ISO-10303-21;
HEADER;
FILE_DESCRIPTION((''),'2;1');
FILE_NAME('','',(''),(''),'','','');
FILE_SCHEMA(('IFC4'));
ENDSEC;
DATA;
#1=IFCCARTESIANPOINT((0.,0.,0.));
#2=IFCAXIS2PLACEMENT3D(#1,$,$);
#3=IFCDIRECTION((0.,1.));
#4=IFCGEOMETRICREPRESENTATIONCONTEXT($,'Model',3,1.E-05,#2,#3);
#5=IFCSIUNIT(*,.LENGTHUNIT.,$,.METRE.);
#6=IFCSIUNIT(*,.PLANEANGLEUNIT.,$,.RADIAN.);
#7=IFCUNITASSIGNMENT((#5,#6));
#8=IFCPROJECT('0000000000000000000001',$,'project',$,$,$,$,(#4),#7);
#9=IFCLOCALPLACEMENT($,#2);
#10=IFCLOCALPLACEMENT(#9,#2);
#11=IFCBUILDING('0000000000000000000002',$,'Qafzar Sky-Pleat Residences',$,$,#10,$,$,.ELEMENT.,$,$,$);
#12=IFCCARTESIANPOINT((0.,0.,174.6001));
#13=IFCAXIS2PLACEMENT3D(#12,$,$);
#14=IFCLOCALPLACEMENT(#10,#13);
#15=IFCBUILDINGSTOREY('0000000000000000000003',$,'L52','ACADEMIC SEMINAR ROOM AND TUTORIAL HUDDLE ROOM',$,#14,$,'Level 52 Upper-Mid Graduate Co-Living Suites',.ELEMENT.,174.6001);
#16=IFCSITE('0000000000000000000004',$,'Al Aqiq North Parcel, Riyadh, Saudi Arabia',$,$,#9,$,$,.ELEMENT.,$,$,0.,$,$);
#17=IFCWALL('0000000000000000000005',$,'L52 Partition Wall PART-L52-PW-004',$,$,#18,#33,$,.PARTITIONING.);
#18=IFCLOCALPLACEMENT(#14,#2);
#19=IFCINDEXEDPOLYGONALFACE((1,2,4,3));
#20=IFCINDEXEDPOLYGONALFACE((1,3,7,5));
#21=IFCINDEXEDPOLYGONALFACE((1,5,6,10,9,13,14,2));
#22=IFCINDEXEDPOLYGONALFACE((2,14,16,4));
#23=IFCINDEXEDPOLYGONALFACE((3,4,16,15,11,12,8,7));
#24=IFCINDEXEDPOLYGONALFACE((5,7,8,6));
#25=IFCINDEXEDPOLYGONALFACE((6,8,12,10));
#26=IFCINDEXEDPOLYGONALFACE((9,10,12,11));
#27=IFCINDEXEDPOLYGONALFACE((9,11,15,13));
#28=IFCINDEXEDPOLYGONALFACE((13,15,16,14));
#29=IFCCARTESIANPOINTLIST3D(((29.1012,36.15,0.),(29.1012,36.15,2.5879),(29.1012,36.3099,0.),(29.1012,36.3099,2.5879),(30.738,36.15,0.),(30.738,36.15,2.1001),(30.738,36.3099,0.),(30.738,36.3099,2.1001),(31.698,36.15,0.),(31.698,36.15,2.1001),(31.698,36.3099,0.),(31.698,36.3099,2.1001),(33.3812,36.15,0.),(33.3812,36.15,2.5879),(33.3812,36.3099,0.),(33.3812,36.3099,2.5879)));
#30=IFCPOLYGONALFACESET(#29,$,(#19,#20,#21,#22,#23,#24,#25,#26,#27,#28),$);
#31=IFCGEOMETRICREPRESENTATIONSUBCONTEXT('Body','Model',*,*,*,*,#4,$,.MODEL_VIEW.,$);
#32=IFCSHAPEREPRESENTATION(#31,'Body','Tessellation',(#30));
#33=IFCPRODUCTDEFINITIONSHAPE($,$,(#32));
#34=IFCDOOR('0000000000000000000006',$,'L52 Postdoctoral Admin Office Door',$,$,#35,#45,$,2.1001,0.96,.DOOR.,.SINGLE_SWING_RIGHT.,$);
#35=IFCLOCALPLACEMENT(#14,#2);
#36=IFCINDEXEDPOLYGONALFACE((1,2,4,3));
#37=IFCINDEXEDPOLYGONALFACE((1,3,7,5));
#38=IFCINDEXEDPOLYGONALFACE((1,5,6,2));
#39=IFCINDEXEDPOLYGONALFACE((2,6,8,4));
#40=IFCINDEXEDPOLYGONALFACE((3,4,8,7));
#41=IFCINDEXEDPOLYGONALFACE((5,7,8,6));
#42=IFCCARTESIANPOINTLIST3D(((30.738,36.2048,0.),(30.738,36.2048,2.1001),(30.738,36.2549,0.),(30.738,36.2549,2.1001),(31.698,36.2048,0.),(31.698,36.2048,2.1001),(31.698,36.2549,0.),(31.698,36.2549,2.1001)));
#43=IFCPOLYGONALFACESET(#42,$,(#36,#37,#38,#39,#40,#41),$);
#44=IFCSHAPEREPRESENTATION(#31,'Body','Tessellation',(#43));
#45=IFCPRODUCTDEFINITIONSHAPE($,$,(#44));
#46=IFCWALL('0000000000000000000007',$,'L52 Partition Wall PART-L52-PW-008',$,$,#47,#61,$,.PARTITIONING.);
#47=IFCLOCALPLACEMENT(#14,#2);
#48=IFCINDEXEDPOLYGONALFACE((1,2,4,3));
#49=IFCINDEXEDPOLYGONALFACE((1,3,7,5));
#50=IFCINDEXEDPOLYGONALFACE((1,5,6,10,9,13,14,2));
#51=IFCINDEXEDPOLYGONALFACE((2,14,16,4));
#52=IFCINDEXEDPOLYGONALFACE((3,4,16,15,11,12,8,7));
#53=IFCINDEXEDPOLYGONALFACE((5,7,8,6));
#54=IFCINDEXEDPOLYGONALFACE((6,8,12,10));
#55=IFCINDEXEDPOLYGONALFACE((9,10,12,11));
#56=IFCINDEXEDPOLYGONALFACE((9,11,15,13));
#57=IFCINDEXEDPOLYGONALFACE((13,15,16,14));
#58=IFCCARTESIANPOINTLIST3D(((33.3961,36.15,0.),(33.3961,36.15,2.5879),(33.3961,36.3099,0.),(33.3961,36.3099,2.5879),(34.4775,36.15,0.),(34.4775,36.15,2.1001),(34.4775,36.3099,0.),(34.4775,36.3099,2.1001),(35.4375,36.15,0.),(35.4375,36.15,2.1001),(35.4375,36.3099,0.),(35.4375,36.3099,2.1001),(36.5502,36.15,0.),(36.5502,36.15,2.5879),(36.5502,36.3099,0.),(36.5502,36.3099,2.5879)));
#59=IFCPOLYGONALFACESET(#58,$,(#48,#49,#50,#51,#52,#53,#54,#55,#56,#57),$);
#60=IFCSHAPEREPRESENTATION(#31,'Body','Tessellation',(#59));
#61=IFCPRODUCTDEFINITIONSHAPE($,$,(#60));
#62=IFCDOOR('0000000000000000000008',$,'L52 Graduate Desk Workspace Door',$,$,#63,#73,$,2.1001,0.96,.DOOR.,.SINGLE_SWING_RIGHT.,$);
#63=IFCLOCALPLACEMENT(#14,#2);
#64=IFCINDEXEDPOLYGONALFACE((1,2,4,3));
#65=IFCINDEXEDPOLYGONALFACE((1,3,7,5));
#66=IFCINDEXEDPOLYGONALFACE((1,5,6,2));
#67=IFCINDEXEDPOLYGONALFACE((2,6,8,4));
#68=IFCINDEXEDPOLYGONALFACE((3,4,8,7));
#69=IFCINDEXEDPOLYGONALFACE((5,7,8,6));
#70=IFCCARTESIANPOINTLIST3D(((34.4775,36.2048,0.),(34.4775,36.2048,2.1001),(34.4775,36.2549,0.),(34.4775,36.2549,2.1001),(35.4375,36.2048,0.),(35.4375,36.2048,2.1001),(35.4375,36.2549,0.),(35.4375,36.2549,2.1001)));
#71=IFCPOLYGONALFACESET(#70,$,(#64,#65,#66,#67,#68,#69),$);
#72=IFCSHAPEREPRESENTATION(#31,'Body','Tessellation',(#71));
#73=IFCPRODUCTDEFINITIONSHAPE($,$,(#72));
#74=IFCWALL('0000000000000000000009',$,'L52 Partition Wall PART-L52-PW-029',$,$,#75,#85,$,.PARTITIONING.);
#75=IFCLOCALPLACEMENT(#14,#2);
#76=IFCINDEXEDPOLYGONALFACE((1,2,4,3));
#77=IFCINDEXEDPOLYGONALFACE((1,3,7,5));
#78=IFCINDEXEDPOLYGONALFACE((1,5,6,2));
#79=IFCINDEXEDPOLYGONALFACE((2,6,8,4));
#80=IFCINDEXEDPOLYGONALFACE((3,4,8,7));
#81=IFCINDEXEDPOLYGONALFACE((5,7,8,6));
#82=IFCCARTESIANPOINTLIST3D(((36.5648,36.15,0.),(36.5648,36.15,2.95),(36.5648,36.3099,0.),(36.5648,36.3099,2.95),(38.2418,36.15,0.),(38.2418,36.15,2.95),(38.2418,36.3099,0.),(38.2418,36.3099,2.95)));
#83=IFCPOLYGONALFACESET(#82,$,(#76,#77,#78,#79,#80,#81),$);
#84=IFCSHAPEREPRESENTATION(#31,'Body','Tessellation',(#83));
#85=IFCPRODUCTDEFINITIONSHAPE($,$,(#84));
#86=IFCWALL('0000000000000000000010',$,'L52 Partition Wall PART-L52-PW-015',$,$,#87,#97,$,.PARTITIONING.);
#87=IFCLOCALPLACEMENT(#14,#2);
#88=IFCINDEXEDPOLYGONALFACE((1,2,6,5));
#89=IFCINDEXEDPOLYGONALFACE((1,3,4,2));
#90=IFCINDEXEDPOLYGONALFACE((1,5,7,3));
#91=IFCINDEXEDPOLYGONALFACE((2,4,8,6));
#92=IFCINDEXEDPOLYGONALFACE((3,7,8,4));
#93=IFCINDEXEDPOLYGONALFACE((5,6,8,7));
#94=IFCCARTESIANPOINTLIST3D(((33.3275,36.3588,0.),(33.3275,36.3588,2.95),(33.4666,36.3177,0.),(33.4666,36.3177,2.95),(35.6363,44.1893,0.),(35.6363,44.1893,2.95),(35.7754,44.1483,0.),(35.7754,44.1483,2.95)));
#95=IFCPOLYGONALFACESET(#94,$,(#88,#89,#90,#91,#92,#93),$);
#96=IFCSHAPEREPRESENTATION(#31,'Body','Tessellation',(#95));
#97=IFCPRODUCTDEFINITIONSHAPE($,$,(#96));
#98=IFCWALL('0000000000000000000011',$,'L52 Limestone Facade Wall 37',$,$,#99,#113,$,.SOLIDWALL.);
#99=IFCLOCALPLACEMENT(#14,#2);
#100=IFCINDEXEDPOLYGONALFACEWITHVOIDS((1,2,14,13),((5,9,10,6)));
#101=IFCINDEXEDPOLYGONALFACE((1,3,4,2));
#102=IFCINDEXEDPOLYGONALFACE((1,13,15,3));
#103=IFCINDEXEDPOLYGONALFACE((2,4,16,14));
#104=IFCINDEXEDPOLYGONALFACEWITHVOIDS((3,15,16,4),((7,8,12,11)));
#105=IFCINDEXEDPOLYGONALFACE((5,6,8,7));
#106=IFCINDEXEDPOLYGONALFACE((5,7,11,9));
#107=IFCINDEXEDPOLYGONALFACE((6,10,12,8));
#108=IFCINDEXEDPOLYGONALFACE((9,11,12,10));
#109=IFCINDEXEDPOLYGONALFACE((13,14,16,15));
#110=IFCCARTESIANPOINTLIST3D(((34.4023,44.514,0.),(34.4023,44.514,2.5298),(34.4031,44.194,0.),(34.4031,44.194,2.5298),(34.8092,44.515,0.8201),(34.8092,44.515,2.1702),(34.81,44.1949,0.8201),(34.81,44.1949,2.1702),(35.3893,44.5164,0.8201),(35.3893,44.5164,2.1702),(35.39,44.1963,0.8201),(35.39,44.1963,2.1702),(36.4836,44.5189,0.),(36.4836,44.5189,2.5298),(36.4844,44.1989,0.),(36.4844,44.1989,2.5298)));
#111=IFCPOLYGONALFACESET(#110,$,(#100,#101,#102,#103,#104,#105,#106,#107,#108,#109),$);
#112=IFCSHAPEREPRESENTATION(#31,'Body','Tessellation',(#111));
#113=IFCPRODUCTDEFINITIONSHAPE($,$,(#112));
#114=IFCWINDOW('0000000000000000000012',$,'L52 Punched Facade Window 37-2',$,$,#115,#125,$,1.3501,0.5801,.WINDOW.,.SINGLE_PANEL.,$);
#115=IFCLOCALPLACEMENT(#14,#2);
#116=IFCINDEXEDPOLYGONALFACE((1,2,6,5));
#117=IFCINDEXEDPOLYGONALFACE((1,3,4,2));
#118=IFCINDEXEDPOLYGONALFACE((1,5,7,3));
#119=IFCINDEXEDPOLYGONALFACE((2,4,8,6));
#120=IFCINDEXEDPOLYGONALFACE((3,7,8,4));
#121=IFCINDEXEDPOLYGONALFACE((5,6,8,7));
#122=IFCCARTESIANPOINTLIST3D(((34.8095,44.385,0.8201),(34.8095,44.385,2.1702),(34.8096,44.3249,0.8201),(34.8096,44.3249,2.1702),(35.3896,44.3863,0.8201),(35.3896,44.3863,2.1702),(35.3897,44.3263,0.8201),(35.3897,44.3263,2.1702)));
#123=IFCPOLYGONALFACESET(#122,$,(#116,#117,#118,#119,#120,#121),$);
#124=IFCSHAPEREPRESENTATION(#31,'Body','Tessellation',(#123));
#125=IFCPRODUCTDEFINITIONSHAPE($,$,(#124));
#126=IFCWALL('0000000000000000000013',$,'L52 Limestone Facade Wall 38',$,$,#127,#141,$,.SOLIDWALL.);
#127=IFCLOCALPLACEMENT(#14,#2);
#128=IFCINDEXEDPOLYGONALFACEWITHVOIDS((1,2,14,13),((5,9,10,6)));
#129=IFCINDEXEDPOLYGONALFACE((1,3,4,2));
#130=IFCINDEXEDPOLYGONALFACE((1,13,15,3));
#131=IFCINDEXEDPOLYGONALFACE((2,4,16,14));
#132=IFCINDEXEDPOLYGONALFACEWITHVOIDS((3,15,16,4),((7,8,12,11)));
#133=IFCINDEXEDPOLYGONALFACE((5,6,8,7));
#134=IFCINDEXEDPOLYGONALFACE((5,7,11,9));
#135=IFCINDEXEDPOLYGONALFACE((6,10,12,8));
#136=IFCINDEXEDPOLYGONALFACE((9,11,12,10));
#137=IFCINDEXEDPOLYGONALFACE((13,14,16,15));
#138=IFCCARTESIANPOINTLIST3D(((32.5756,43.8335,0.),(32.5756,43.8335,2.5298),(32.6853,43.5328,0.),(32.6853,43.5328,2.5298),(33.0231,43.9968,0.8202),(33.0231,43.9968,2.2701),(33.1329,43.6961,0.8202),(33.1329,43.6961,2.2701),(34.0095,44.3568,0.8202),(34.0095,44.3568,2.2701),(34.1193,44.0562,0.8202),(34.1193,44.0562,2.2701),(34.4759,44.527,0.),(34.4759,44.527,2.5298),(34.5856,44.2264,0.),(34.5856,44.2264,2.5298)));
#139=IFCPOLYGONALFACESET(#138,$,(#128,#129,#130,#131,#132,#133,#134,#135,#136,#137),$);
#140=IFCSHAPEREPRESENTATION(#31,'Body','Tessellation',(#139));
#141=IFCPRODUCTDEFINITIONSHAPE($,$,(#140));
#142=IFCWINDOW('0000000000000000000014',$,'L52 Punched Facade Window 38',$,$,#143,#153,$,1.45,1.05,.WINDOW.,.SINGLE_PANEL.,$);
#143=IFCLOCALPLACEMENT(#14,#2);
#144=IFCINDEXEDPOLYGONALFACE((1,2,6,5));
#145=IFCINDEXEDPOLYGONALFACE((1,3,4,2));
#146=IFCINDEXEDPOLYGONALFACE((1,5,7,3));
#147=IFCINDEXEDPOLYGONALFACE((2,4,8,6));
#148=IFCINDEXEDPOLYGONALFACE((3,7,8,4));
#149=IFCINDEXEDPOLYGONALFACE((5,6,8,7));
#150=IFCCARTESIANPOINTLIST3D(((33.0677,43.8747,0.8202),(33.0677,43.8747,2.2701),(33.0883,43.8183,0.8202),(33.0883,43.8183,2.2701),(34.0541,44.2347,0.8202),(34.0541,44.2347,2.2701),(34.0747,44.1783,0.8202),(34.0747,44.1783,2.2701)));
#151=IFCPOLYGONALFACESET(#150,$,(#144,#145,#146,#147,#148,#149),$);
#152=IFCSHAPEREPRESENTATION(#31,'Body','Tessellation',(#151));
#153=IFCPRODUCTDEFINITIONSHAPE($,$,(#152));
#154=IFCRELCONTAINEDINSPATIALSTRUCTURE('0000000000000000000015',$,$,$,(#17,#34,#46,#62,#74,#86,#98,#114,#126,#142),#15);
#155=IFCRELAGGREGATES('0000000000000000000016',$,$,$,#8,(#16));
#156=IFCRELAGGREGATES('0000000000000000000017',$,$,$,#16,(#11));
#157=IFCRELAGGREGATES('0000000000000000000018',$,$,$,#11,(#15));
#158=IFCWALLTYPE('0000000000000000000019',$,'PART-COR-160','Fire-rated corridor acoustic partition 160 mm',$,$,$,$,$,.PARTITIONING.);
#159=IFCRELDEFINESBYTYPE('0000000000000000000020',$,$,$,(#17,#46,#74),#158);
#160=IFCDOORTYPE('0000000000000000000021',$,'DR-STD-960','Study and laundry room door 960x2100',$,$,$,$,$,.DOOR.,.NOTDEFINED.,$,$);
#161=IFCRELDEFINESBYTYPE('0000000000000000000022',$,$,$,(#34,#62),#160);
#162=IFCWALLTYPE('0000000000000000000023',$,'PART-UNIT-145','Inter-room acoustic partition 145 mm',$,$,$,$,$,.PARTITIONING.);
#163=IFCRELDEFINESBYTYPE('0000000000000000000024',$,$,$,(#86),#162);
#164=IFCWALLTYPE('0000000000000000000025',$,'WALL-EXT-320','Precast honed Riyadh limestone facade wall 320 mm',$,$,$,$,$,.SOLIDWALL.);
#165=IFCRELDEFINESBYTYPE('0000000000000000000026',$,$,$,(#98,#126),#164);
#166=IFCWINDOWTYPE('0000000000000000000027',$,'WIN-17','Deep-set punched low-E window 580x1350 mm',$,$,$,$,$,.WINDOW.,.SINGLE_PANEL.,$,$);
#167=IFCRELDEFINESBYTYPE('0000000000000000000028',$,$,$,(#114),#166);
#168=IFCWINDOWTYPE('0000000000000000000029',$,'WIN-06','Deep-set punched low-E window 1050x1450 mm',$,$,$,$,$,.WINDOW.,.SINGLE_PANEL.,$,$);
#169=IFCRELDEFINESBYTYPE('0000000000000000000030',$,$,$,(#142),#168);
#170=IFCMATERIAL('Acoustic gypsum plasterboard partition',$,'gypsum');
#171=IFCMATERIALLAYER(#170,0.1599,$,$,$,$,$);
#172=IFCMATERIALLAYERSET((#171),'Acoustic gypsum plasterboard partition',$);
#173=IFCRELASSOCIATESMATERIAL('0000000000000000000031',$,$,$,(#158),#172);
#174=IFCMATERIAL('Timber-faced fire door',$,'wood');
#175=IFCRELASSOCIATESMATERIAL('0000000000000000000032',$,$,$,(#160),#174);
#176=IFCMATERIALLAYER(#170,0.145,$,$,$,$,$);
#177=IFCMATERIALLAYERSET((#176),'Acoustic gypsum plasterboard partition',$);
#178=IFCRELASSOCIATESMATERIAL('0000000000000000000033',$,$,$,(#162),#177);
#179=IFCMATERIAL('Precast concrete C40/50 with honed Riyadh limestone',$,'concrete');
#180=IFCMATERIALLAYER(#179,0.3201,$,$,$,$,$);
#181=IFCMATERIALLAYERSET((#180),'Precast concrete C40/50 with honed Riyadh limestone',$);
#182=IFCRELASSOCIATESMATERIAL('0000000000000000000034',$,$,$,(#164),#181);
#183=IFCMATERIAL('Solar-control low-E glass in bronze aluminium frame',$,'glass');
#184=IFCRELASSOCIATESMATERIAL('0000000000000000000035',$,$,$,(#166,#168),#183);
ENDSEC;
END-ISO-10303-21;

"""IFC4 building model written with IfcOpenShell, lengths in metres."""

from ifc_helpers import new_model, si_unit, direction, frame, frame_2d, origin, place, context, subcontext, project, spatial, rectangle, extrude, source, transform, mapped, material, layer, layer_set, type_object, element, fill, save


model = new_model("IFC4")

# Units and contexts
model_context = context("Model", 3, precision=1e-05, world=origin(), true_north=direction((0.0, 1.0)))
body_context = subcontext(model_context, "Body", "Model", "MODEL_VIEW")
ifc_project = project(units=[si_unit("LENGTHUNIT", "METRE"), si_unit("PLANEANGLEUNIT", "RADIAN")], contexts=[model_context])

# Site, building, storey
site_placement = place(None, origin())
site = spatial("IfcSite", under=ifc_project, at=site_placement, Name="Al Aqiq North Parcel, Riyadh, Saudi Arabia", CompositionType="ELEMENT", RefElevation=0.0)
building_placement = place(site_placement, origin())
building = spatial("IfcBuilding", under=site, at=building_placement, Name="Qafzar Sky-Pleat Residences", CompositionType="ELEMENT")
storey_placement = place(building_placement, frame((0.0, 0.0, 174.6001)))
storey = spatial("IfcBuildingStorey", under=building, at=storey_placement, Name="L52", Description="ACADEMIC SEMINAR ROOM AND TUTORIAL HUDDLE ROOM", LongName="Level 52 Upper-Mid Graduate Co-Living Suites", CompositionType="ELEMENT", Elevation=174.6001)

# Walls, openings, doors
ifc_material_1 = material(Name="Acoustic gypsum plasterboard partition", Category="gypsum")
ifc_layer_1 = layer(ifc_material_1, 0.1599)
ifc_layer_set_1 = layer_set([ifc_layer_1], Name="Acoustic gypsum plasterboard partition")
wall_type_1 = type_object("IfcWallType", Name="PART-COR-160", Description="Fire-rated corridor acoustic partition 160 mm", PredefinedType="PARTITIONING", material=ifc_layer_set_1)
wall_1_placement = place(storey_placement, frame((29.1011, 36.23, 0.0), z_axis=(0.0, 0.0, 1.0), x_axis=(1.0, 0.0, 0.0)))
wall_1 = element("IfcWall", 1, at=wall_1_placement, inside=storey, type_object=wall_type_1, Name="L52 Partition Wall PART-L52-PW-004", PredefinedType="PARTITIONING", context=body_context, shape_type="SweptSolid", body=[
    extrude(rectangle(XDim=4.28, YDim=0.1599, at=frame_2d((2.1401, 0.0))), origin(), (0.0, 0.0, 1.0), 2.5879),
])
opening_1_placement = place(wall_1_placement, frame((1.637, 0.0, 0.0)))
opening_1 = element("IfcOpeningElement", 2, at=opening_1_placement, cuts=wall_1, PredefinedType="OPENING", context=body_context, shape_type="SweptSolid", body=[
    extrude(rectangle(XDim=0.96, YDim=2.1001, at=frame_2d((0.48, 1.05))), frame((0.0, 0.0898, 0.0), z_axis=(0.0, -1.0, 0.0), x_axis=(1.0, 0.0, 0.0)), (0.0, 0.0, 1.0), 0.1799),
])
ifc_material_2 = material(Name="Timber-faced fire door", Category="wood")
door_type_1 = type_object("IfcDoorType", Name="DR-STD-960", Description="Study and laundry room door 960x2100", OperationType="NOTDEFINED", PredefinedType="DOOR", material=ifc_material_2)
shared_shape_1 = source(origin(), body_context, "Body", "SweptSolid", [
    extrude(rectangle(XDim=0.96, YDim=2.1001, at=frame_2d((0.48, 1.05))), frame((0.0, 0.0249, 0.0), z_axis=(0.0, -1.0, 0.0), x_axis=(1.0, 0.0, 0.0)), (0.0, 0.0, 1.0), 0.05),
])
door_1_placement = place(opening_1_placement, origin())
door_1 = element("IfcDoor", 3, at=door_1_placement, inside=storey, type_object=door_type_1, Name="L52 Postdoctoral Admin Office Door", OperationType="SINGLE_SWING_RIGHT", OverallHeight=2.1001, OverallWidth=0.96, PredefinedType="DOOR", context=body_context, shape_type="MappedRepresentation", body=[
    mapped(shared_shape_1, transform((0.0, 0.0, 0.0), x_axis=(1.0, 0.0, 0.0), y_axis=(0.0, 1.0, 0.0), z_axis=(0.0, 0.0, 1.0), scale=1.0)),
])
fill(opening_1, door_1)
wall_2_placement = place(storey_placement, frame((33.396, 36.23, 0.0), z_axis=(0.0, 0.0, 1.0), x_axis=(1.0, 0.0, 0.0)))
wall_2 = element("IfcWall", 4, at=wall_2_placement, inside=storey, type_object=wall_type_1, Name="L52 Partition Wall PART-L52-PW-008", PredefinedType="PARTITIONING", context=body_context, shape_type="SweptSolid", body=[
    extrude(rectangle(XDim=3.1541, YDim=0.1599, at=frame_2d((1.5771, 0.0))), origin(), (0.0, 0.0, 1.0), 2.5879),
])
opening_2_placement = place(wall_2_placement, frame((1.0815, 0.0, 0.0)))
opening_2 = element("IfcOpeningElement", 5, at=opening_2_placement, cuts=wall_2, PredefinedType="OPENING", context=body_context, shape_type="SweptSolid", body=[
    extrude(rectangle(XDim=0.96, YDim=2.1001, at=frame_2d((0.48, 1.05))), frame((0.0, 0.0898, 0.0), z_axis=(0.0, -1.0, 0.0), x_axis=(1.0, 0.0, 0.0)), (0.0, 0.0, 1.0), 0.1799),
])
door_2_placement = place(opening_2_placement, origin())
door_2 = element("IfcDoor", 6, at=door_2_placement, inside=storey, type_object=door_type_1, Name="L52 Graduate Desk Workspace Door", OperationType="SINGLE_SWING_RIGHT", OverallHeight=2.1001, OverallWidth=0.96, PredefinedType="DOOR", context=body_context, shape_type="MappedRepresentation", body=[
    mapped(shared_shape_1, transform((0.0, 0.0, 0.0), x_axis=(1.0, 0.0, 0.0), y_axis=(0.0, 1.0, 0.0), z_axis=(0.0, 0.0, 1.0), scale=1.0)),
])
fill(opening_2, door_2)

# Walls
wall_3_placement = place(storey_placement, frame((36.5649, 36.23, 0.0), z_axis=(0.0, 0.0, 1.0), x_axis=(1.0, 0.0, 0.0)))
element("IfcWall", 7, at=wall_3_placement, inside=storey, type_object=wall_type_1, Name="L52 Partition Wall PART-L52-PW-029", PredefinedType="PARTITIONING", context=body_context, shape_type="SweptSolid", body=[
    extrude(rectangle(XDim=1.677, YDim=0.1599, at=frame_2d((0.8384, 0.0))), origin(), (0.0, 0.0, 1.0), 2.95),
])
ifc_layer_2 = layer(ifc_material_1, 0.145)
ifc_layer_set_2 = layer_set([ifc_layer_2], Name="Acoustic gypsum plasterboard partition")
wall_type_2 = type_object("IfcWallType", Name="PART-UNIT-145", Description="Inter-room acoustic partition 145 mm", PredefinedType="PARTITIONING", material=ifc_layer_set_2)
wall_4_placement = place(storey_placement, frame((33.397, 36.3381, 0.0), z_axis=(0.0, 0.0, 1.0), x_axis=(0.282812, 0.959175, 0.0)))
element("IfcWall", 8, at=wall_4_placement, inside=storey, type_object=wall_type_2, Name="L52 Partition Wall PART-L52-PW-015", PredefinedType="PARTITIONING", context=body_context, shape_type="SweptSolid", body=[
    extrude(rectangle(XDim=8.1638, YDim=0.145, at=frame_2d((4.082, 0.0))), origin(), (0.0, 0.0, 1.0), 2.95),
])

# Walls, openings, windows
ifc_material_3 = material(Name="Precast concrete C40/50 with honed Riyadh limestone", Category="concrete")
ifc_layer_3 = layer(ifc_material_3, 0.3201)
ifc_layer_set_3 = layer_set([ifc_layer_3], Name="Precast concrete C40/50 with honed Riyadh limestone")
wall_type_3 = type_object("IfcWallType", Name="WALL-EXT-320", Description="Precast honed Riyadh limestone facade wall 320 mm", PredefinedType="SOLIDWALL", material=ifc_layer_set_3)
wall_5_placement = place(storey_placement, frame((36.4839, 44.3589, 0.0), z_axis=(0.0, 0.0, 1.0), x_axis=(-0.999997, -0.002346, 0.0)))
wall_5 = element("IfcWall", 9, at=wall_5_placement, inside=storey, type_object=wall_type_3, Name="L52 Limestone Facade Wall 37", PredefinedType="SOLIDWALL", context=body_context, shape_type="SweptSolid", body=[
    extrude(rectangle(XDim=2.0813, YDim=0.3201, at=frame_2d((1.0405, 0.0))), origin(), (0.0, 0.0, 1.0), 2.5298),
])
opening_3_placement = place(wall_5_placement, frame((1.0942, 0.0, 0.8201)))
opening_3 = element("IfcOpeningElement", 10, at=opening_3_placement, cuts=wall_5, PredefinedType="OPENING", context=body_context, shape_type="SweptSolid", body=[
    extrude(rectangle(XDim=0.5801, YDim=1.3501, at=frame_2d((0.29, 0.675))), frame((0.0, 0.1699, 0.0), z_axis=(0.0, -1.0, 0.0), x_axis=(1.0, 0.0, 0.0)), (0.0, 0.0, 1.0), 0.3401),
])
ifc_material_4 = material(Name="Solar-control low-E glass in bronze aluminium frame", Category="glass")
window_type_1 = type_object("IfcWindowType", Name="WIN-17", Description="Deep-set punched low-E window 580x1350 mm", PartitioningType="SINGLE_PANEL", PredefinedType="WINDOW", material=ifc_material_4)
shared_shape_2 = source(origin(), body_context, "Body", "SweptSolid", [
    extrude(rectangle(XDim=0.5801, YDim=1.3501, at=frame_2d((0.29, 0.675))), frame((0.0, 0.03, 0.0), z_axis=(0.0, -1.0, 0.0), x_axis=(1.0, 0.0, 0.0)), (0.0, 0.0, 1.0), 0.0601),
])
window_1_placement = place(opening_3_placement, origin())
window_1 = element("IfcWindow", 11, at=window_1_placement, inside=storey, type_object=window_type_1, Name="L52 Punched Facade Window 37-2", OverallHeight=1.3501, OverallWidth=0.5801, PartitioningType="SINGLE_PANEL", PredefinedType="WINDOW", context=body_context, shape_type="MappedRepresentation", body=[
    mapped(shared_shape_2, transform((0.0, 0.0, 0.0), x_axis=(1.0, 0.0, 0.0), y_axis=(0.0, 1.0, 0.0), z_axis=(0.0, 0.0, 1.0), scale=1.0)),
])
fill(opening_3, window_1)
wall_6_placement = place(storey_placement, frame((34.5308, 44.3767, 0.0), z_axis=(0.0, 0.0, 1.0), x_axis=(-0.939388, -0.342857, 0.0)))
wall_6 = element("IfcWall", 12, at=wall_6_placement, inside=storey, type_object=wall_type_3, Name="L52 Limestone Facade Wall 38", PredefinedType="SOLIDWALL", context=body_context, shape_type="SweptSolid", body=[
    extrude(rectangle(XDim=2.0229, YDim=0.3201, at=frame_2d((1.0115, 0.0))), origin(), (0.0, 0.0, 1.0), 2.5298),
])
opening_4_placement = place(wall_6_placement, frame((0.4966, 0.0, 0.8201)))
opening_4 = element("IfcOpeningElement", 13, at=opening_4_placement, cuts=wall_6, PredefinedType="OPENING", context=body_context, shape_type="SweptSolid", body=[
    extrude(rectangle(XDim=1.05, YDim=1.45, at=frame_2d((0.5249, 0.7251))), frame((0.0, 0.1699, 0.0), z_axis=(0.0, -1.0, 0.0), x_axis=(1.0, 0.0, 0.0)), (0.0, 0.0, 1.0), 0.3401),
])
window_type_2 = type_object("IfcWindowType", Name="WIN-06", Description="Deep-set punched low-E window 1050x1450 mm", PartitioningType="SINGLE_PANEL", PredefinedType="WINDOW", material=ifc_material_4)
shared_shape_3 = source(origin(), body_context, "Body", "SweptSolid", [
    extrude(rectangle(XDim=1.05, YDim=1.45, at=frame_2d((0.5249, 0.7251))), frame((0.0, 0.03, 0.0), z_axis=(0.0, -1.0, 0.0), x_axis=(1.0, 0.0, 0.0)), (0.0, 0.0, 1.0), 0.0601),
])
window_2_placement = place(opening_4_placement, origin())
window_2 = element("IfcWindow", 14, at=window_2_placement, inside=storey, type_object=window_type_2, Name="L52 Punched Facade Window 38", OverallHeight=1.45, OverallWidth=1.05, PartitioningType="SINGLE_PANEL", PredefinedType="WINDOW", context=body_context, shape_type="MappedRepresentation", body=[
    mapped(shared_shape_3, transform((0.0, 0.0, 0.0), x_axis=(1.0, 0.0, 0.0), y_axis=(0.0, 1.0, 0.0), z_axis=(0.0, 0.0, 1.0), scale=1.0)),
])
fill(opening_4, window_2)

save(model, "model.ifc")
